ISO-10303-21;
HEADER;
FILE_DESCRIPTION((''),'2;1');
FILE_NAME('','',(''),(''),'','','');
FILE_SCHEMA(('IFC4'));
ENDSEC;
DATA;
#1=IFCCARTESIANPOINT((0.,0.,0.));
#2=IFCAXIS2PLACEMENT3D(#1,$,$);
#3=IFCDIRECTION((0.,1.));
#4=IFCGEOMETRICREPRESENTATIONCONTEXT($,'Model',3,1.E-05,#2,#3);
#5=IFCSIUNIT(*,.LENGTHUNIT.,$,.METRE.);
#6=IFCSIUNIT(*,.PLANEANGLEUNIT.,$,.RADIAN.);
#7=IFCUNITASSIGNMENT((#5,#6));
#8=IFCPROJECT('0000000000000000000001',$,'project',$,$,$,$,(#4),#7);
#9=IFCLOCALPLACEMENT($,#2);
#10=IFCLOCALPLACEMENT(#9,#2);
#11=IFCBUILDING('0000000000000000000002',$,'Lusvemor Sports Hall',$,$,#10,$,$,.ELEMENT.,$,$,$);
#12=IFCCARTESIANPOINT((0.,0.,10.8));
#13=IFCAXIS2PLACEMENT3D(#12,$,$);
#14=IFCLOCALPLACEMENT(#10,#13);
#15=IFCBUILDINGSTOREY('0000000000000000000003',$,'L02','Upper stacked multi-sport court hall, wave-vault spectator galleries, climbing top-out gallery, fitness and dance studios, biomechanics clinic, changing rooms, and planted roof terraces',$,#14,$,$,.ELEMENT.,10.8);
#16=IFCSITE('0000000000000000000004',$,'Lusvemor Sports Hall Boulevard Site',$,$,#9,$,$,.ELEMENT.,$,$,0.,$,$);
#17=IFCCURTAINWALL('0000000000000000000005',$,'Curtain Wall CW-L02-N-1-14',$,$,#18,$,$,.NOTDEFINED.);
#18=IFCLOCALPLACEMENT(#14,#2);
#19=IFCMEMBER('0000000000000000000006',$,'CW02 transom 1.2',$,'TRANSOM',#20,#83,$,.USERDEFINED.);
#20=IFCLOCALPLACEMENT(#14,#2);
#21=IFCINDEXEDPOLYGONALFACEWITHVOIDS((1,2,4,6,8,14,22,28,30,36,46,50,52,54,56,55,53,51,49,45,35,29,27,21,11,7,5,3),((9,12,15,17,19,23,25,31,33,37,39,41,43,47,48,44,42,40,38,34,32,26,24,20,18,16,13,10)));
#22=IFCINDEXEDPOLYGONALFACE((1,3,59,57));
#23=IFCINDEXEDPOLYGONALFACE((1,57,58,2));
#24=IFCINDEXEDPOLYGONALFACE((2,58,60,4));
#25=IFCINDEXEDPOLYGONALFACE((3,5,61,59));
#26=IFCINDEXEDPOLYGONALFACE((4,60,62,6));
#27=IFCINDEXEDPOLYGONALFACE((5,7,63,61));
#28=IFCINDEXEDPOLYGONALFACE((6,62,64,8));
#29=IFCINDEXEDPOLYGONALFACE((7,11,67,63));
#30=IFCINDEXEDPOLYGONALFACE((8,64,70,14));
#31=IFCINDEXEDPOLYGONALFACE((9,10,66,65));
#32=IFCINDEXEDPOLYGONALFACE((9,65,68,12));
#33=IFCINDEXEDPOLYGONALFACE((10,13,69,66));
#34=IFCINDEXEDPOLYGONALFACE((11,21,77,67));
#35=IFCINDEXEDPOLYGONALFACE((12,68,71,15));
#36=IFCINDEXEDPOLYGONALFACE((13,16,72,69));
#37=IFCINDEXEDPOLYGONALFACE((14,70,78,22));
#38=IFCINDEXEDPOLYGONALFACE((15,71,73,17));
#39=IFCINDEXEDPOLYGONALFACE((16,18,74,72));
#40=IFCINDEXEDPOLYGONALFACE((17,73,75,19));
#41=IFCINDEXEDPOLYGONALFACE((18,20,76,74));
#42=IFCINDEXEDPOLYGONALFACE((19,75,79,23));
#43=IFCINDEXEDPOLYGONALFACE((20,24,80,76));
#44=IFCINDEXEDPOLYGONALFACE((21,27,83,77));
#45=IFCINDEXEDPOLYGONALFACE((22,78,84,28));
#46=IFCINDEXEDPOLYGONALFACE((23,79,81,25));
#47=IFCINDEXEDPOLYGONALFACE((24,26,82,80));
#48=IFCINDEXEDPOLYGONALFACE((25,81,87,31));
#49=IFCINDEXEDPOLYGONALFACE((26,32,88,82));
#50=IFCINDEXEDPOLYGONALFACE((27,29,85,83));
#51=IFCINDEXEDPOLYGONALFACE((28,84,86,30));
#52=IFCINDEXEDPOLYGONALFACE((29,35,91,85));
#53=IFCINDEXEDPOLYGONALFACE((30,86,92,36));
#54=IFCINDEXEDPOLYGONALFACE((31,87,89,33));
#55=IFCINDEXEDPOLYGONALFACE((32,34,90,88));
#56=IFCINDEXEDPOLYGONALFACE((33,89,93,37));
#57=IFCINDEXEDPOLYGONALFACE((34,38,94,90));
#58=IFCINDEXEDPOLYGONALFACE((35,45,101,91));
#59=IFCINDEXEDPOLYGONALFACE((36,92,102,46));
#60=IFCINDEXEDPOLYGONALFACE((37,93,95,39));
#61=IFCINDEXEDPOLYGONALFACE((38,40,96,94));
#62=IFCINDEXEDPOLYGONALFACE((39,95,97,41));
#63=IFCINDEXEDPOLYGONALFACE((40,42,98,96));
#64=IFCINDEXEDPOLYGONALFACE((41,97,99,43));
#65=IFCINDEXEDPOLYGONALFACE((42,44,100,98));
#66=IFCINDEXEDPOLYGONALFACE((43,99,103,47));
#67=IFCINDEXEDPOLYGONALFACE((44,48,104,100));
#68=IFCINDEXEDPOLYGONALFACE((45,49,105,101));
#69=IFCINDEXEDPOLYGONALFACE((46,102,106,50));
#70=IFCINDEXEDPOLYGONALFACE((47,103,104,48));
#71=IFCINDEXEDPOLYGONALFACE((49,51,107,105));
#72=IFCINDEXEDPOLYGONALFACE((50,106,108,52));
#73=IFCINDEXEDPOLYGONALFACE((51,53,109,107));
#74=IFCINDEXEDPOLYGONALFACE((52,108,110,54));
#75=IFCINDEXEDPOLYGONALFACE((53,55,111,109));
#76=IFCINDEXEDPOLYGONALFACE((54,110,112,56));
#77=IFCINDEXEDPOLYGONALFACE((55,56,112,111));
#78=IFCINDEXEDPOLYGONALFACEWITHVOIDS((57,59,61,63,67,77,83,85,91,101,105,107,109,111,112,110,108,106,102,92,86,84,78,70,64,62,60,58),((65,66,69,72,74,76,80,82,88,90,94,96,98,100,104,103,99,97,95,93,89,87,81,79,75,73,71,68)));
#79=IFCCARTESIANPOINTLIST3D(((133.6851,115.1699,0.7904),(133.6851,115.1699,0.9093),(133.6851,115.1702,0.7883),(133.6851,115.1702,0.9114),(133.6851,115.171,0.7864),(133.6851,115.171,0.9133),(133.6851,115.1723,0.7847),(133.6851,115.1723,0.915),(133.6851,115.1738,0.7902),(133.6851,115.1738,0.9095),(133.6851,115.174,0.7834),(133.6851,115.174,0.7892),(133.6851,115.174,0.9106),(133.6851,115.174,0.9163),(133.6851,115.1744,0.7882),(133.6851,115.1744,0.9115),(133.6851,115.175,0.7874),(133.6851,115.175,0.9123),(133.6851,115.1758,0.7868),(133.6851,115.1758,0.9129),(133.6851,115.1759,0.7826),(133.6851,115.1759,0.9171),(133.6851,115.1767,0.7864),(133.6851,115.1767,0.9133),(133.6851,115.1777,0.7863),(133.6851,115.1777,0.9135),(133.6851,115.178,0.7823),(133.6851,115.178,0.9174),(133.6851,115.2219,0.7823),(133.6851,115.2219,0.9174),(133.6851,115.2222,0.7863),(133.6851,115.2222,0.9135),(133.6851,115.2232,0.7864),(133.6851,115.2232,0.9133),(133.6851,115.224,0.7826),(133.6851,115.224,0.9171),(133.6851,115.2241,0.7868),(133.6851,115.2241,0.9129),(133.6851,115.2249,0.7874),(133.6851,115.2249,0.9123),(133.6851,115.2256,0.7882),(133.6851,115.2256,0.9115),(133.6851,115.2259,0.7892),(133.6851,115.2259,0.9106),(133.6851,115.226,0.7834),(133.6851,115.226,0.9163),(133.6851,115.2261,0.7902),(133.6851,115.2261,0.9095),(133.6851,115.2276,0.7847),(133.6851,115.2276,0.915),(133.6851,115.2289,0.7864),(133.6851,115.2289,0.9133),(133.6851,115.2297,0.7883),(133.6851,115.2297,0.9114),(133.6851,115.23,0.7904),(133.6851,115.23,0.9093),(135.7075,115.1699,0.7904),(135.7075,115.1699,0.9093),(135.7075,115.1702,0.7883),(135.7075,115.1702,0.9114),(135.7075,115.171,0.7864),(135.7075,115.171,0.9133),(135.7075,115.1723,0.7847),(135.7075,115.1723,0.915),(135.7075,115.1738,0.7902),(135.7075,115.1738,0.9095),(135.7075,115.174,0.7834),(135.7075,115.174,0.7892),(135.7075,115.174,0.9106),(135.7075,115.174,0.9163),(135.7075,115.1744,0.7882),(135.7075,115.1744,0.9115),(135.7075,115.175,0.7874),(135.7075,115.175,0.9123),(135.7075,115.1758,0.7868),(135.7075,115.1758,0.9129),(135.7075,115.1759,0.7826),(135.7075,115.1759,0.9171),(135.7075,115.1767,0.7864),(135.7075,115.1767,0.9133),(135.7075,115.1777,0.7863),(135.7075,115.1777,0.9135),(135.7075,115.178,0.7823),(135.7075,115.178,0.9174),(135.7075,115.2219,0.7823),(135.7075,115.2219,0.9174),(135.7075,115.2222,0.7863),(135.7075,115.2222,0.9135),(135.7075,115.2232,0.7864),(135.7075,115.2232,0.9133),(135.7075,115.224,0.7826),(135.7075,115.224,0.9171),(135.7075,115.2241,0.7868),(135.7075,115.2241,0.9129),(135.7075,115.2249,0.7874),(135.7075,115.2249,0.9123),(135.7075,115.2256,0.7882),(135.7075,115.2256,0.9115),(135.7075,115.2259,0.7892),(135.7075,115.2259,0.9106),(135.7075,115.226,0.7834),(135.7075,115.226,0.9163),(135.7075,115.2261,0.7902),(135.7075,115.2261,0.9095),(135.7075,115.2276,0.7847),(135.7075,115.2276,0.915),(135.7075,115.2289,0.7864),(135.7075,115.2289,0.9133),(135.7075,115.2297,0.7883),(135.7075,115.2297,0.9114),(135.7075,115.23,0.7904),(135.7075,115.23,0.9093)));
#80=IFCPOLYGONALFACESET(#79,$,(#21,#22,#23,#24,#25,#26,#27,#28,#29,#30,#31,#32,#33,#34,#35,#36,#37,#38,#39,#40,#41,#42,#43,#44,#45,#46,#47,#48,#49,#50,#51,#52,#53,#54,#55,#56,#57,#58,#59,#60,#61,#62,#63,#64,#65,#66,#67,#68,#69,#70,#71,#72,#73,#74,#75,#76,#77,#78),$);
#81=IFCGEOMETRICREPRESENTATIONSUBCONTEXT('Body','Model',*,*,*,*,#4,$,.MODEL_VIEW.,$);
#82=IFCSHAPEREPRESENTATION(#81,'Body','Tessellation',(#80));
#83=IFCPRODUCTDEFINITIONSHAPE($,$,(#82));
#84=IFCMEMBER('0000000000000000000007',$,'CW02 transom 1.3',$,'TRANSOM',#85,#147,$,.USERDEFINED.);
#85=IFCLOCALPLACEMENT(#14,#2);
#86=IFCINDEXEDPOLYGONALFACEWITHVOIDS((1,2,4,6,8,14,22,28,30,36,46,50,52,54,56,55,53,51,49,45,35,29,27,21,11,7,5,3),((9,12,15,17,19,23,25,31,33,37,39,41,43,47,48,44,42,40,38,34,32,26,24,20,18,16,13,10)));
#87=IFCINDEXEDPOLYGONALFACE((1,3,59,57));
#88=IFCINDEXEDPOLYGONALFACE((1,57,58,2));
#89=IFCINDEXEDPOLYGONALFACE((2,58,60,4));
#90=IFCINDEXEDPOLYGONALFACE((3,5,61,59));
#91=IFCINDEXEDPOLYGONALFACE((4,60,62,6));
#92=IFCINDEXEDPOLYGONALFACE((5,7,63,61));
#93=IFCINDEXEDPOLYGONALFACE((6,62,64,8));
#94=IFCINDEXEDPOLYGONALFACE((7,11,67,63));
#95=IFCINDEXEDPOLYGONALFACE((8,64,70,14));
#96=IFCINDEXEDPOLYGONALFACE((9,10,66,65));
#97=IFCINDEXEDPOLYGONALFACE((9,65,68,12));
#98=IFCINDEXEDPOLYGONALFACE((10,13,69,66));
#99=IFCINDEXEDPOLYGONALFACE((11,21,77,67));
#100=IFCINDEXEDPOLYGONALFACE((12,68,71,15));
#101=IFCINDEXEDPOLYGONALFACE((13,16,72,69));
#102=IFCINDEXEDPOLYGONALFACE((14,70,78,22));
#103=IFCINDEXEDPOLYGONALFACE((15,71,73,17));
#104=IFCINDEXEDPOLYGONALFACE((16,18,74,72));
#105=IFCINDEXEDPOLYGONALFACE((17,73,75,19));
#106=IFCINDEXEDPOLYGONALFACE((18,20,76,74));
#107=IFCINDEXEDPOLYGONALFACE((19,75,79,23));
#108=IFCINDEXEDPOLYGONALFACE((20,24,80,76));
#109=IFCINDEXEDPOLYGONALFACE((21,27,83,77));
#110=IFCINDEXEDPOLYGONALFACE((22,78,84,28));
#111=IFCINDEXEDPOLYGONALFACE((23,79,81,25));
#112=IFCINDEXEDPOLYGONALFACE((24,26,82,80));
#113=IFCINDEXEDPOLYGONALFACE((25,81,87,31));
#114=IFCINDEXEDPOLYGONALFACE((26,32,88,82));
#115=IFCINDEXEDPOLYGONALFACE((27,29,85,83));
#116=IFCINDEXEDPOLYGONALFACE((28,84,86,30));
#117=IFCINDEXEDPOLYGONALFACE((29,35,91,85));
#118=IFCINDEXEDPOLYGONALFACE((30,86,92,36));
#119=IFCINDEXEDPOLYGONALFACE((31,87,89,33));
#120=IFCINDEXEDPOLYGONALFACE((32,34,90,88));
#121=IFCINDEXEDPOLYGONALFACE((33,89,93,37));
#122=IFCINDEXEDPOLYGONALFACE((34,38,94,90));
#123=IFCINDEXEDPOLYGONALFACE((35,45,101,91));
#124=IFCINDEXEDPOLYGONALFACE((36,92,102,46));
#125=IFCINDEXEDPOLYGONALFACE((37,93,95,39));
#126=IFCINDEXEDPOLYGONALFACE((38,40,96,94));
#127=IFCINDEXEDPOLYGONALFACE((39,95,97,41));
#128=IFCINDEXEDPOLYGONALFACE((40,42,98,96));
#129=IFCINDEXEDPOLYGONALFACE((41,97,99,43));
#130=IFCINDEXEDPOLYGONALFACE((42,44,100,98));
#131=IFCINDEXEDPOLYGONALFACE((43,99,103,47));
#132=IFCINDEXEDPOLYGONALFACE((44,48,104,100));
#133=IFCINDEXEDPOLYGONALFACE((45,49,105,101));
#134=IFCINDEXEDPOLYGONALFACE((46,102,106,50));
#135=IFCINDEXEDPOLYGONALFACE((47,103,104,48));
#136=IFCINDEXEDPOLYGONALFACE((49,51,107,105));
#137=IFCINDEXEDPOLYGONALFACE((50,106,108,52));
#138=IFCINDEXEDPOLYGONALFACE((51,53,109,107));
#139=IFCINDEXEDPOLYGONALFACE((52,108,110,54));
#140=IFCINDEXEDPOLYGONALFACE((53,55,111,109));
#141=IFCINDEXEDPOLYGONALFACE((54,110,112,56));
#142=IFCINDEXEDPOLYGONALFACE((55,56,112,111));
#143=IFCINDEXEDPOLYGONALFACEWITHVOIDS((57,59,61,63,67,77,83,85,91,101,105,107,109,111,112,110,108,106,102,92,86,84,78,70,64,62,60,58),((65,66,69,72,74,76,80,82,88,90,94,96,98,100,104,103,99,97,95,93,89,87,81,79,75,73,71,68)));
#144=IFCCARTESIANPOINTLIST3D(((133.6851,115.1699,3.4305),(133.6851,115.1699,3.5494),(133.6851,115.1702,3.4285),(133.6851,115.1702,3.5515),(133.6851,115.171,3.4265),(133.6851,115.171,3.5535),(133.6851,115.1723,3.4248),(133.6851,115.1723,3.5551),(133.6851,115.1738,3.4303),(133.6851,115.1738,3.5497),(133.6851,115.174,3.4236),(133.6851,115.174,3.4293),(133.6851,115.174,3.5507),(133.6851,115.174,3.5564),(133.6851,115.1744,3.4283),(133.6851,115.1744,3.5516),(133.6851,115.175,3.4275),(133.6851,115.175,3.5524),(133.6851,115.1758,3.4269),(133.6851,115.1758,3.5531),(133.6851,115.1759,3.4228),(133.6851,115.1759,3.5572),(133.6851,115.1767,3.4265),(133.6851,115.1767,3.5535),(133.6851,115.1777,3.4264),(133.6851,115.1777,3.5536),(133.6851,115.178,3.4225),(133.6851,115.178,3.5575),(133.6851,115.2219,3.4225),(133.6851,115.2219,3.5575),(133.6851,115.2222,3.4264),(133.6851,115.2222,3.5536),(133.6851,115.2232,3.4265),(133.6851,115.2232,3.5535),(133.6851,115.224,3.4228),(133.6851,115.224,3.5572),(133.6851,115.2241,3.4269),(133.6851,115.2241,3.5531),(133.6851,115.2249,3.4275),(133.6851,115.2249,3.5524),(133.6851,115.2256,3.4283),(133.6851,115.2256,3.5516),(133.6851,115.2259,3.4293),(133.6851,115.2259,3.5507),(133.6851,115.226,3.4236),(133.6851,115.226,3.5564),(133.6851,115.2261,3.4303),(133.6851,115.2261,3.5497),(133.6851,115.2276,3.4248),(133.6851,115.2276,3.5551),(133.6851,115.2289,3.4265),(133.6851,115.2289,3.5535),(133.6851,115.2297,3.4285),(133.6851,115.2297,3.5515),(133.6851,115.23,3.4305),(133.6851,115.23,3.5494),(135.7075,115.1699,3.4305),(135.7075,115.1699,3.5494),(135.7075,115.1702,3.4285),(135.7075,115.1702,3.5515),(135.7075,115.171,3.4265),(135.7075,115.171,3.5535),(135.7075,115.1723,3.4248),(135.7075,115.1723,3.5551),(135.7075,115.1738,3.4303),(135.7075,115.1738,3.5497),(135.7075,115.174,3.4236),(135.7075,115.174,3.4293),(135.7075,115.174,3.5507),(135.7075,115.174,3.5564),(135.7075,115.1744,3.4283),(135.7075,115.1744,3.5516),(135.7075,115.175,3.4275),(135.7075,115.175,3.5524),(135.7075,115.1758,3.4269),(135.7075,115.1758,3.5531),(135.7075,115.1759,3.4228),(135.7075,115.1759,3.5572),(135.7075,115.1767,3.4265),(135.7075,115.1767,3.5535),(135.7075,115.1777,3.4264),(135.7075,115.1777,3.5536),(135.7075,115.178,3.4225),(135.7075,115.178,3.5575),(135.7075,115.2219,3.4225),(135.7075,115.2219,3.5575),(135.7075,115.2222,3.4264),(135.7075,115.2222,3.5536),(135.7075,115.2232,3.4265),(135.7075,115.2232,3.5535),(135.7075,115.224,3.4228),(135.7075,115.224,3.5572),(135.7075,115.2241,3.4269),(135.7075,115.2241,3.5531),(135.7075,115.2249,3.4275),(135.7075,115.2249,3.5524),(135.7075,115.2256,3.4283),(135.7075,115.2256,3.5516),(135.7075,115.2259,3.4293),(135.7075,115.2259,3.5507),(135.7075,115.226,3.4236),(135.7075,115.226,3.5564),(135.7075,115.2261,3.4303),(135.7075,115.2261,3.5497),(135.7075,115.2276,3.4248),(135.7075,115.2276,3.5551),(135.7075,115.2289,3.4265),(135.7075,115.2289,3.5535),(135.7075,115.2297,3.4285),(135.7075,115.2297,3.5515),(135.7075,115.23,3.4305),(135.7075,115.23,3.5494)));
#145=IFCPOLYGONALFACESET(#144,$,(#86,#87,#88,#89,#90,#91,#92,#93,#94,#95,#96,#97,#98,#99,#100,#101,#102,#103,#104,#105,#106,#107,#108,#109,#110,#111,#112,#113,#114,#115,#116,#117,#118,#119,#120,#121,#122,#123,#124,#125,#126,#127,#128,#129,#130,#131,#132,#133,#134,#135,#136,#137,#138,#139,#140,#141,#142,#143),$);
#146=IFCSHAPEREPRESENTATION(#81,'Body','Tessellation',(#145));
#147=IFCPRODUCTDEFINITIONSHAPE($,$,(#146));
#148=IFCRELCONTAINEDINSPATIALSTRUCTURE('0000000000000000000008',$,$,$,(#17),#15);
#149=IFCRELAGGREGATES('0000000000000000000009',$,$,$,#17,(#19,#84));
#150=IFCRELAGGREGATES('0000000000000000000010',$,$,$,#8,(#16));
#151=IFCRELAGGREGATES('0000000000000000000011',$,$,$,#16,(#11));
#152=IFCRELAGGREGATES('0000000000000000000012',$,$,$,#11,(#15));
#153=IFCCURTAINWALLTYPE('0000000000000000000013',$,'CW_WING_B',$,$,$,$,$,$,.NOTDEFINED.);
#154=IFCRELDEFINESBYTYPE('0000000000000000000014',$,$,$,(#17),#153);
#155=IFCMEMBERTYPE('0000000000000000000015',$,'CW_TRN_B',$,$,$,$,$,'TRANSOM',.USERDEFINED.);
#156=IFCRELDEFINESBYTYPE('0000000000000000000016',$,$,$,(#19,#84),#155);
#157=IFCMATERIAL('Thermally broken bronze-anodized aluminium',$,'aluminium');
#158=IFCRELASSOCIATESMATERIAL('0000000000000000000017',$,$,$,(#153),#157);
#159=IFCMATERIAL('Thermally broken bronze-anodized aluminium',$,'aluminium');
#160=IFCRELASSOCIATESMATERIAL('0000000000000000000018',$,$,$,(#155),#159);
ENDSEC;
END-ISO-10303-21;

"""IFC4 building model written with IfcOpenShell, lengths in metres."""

from ifc_helpers import new_model, si_unit, direction, frame, origin, origin_2d, place, context, subcontext, project, spatial, hollow_rectangle, extrude, material, material_profile, profile_set, type_object, element, aggregate, save


model = new_model("IFC4")

# Units and contexts
model_context = context("Model", 3, precision=1e-05, world=origin(), true_north=direction((0.0, 1.0)))
body_context = subcontext(model_context, "Body", "Model", "MODEL_VIEW")
ifc_project = project(units=[si_unit("LENGTHUNIT", "METRE"), si_unit("PLANEANGLEUNIT", "RADIAN")], contexts=[model_context])

# Site, building, storey
site_placement = place(None, origin())
site = spatial("IfcSite", under=ifc_project, at=site_placement, Name="Lusvemor Sports Hall Boulevard Site", CompositionType="ELEMENT", RefElevation=0.0)
building_placement = place(site_placement, origin())
building = spatial("IfcBuilding", under=site, at=building_placement, Name="Lusvemor Sports Hall", CompositionType="ELEMENT")
storey_placement = place(building_placement, frame((0.0, 0.0, 10.8)))
storey = spatial("IfcBuildingStorey", under=building, at=storey_placement, Name="L02", Description="Upper stacked multi-sport court hall, wave-vault spectator galleries, climbing top-out gallery, fitness and dance studios, biomechanics clinic, changing rooms, and planted roof terraces", CompositionType="ELEMENT", Elevation=10.8)

# Curtain wall, members
ifc_material_1 = material(Name="Thermally broken bronze-anodized aluminium", Category="aluminium")
curtain_wall_type = type_object("IfcCurtainWallType", Name="CW_WING_B", PredefinedType="NOTDEFINED", material=ifc_material_1)
curtain_wall_placement = place(storey_placement, origin())
curtain_wall = element("IfcCurtainWall", 1, at=curtain_wall_placement, inside=storey, type_object=curtain_wall_type, Name="Curtain Wall CW-L02-N-1-14", PredefinedType="NOTDEFINED")
ifc_material_2 = material(Name="Thermally broken bronze-anodized aluminium", Category="aluminium")
ifc_material_profile_1 = material_profile(ifc_material_2, hollow_rectangle(XDim=0.0601, YDim=0.135, WallThickness=0.0039, InnerFilletRadius=0.0039, OuterFilletRadius=0.0081, at=origin_2d()), Name="CWTRN135x60x4")
ifc_profile_set_1 = profile_set([ifc_material_profile_1], Name="Thermally broken bronze-anodized aluminium")
member_type_1 = type_object("IfcMemberType", Name="CW_TRN_B", ElementType="TRANSOM", PredefinedType="USERDEFINED", material=ifc_profile_set_1)
member_1_placement = place(storey_placement, frame((133.6851, 115.2, 0.8499), z_axis=(1.0, 0.0, 0.0), x_axis=(0.0, 1.0, 0.0)))
member_1 = element("IfcMember", 2, at=member_1_placement, type_object=member_type_1, Name="CW02 transom 1.2", ObjectType="TRANSOM", PredefinedType="USERDEFINED", context=body_context, shape_type="SweptSolid", body=[
    extrude(hollow_rectangle(XDim=0.0601, YDim=0.135, WallThickness=0.0039, InnerFilletRadius=0.0039, OuterFilletRadius=0.0081, at=origin_2d()), origin(), (0.0, 0.0, 1.0), 2.0225),
])
member_2_placement = place(storey_placement, frame((133.6851, 115.2, 3.49), z_axis=(1.0, 0.0, 0.0), x_axis=(0.0, 1.0, 0.0)))
member_2 = element("IfcMember", 3, at=member_2_placement, type_object=member_type_1, Name="CW02 transom 1.3", ObjectType="TRANSOM", PredefinedType="USERDEFINED", context=body_context, shape_type="SweptSolid", body=[
    extrude(hollow_rectangle(XDim=0.0601, YDim=0.135, WallThickness=0.0039, InnerFilletRadius=0.0039, OuterFilletRadius=0.0081, at=origin_2d()), origin(), (0.0, 0.0, 1.0), 2.0225),
])

aggregate(curtain_wall, [member_1, member_2])

save(model, "model.ifc")
